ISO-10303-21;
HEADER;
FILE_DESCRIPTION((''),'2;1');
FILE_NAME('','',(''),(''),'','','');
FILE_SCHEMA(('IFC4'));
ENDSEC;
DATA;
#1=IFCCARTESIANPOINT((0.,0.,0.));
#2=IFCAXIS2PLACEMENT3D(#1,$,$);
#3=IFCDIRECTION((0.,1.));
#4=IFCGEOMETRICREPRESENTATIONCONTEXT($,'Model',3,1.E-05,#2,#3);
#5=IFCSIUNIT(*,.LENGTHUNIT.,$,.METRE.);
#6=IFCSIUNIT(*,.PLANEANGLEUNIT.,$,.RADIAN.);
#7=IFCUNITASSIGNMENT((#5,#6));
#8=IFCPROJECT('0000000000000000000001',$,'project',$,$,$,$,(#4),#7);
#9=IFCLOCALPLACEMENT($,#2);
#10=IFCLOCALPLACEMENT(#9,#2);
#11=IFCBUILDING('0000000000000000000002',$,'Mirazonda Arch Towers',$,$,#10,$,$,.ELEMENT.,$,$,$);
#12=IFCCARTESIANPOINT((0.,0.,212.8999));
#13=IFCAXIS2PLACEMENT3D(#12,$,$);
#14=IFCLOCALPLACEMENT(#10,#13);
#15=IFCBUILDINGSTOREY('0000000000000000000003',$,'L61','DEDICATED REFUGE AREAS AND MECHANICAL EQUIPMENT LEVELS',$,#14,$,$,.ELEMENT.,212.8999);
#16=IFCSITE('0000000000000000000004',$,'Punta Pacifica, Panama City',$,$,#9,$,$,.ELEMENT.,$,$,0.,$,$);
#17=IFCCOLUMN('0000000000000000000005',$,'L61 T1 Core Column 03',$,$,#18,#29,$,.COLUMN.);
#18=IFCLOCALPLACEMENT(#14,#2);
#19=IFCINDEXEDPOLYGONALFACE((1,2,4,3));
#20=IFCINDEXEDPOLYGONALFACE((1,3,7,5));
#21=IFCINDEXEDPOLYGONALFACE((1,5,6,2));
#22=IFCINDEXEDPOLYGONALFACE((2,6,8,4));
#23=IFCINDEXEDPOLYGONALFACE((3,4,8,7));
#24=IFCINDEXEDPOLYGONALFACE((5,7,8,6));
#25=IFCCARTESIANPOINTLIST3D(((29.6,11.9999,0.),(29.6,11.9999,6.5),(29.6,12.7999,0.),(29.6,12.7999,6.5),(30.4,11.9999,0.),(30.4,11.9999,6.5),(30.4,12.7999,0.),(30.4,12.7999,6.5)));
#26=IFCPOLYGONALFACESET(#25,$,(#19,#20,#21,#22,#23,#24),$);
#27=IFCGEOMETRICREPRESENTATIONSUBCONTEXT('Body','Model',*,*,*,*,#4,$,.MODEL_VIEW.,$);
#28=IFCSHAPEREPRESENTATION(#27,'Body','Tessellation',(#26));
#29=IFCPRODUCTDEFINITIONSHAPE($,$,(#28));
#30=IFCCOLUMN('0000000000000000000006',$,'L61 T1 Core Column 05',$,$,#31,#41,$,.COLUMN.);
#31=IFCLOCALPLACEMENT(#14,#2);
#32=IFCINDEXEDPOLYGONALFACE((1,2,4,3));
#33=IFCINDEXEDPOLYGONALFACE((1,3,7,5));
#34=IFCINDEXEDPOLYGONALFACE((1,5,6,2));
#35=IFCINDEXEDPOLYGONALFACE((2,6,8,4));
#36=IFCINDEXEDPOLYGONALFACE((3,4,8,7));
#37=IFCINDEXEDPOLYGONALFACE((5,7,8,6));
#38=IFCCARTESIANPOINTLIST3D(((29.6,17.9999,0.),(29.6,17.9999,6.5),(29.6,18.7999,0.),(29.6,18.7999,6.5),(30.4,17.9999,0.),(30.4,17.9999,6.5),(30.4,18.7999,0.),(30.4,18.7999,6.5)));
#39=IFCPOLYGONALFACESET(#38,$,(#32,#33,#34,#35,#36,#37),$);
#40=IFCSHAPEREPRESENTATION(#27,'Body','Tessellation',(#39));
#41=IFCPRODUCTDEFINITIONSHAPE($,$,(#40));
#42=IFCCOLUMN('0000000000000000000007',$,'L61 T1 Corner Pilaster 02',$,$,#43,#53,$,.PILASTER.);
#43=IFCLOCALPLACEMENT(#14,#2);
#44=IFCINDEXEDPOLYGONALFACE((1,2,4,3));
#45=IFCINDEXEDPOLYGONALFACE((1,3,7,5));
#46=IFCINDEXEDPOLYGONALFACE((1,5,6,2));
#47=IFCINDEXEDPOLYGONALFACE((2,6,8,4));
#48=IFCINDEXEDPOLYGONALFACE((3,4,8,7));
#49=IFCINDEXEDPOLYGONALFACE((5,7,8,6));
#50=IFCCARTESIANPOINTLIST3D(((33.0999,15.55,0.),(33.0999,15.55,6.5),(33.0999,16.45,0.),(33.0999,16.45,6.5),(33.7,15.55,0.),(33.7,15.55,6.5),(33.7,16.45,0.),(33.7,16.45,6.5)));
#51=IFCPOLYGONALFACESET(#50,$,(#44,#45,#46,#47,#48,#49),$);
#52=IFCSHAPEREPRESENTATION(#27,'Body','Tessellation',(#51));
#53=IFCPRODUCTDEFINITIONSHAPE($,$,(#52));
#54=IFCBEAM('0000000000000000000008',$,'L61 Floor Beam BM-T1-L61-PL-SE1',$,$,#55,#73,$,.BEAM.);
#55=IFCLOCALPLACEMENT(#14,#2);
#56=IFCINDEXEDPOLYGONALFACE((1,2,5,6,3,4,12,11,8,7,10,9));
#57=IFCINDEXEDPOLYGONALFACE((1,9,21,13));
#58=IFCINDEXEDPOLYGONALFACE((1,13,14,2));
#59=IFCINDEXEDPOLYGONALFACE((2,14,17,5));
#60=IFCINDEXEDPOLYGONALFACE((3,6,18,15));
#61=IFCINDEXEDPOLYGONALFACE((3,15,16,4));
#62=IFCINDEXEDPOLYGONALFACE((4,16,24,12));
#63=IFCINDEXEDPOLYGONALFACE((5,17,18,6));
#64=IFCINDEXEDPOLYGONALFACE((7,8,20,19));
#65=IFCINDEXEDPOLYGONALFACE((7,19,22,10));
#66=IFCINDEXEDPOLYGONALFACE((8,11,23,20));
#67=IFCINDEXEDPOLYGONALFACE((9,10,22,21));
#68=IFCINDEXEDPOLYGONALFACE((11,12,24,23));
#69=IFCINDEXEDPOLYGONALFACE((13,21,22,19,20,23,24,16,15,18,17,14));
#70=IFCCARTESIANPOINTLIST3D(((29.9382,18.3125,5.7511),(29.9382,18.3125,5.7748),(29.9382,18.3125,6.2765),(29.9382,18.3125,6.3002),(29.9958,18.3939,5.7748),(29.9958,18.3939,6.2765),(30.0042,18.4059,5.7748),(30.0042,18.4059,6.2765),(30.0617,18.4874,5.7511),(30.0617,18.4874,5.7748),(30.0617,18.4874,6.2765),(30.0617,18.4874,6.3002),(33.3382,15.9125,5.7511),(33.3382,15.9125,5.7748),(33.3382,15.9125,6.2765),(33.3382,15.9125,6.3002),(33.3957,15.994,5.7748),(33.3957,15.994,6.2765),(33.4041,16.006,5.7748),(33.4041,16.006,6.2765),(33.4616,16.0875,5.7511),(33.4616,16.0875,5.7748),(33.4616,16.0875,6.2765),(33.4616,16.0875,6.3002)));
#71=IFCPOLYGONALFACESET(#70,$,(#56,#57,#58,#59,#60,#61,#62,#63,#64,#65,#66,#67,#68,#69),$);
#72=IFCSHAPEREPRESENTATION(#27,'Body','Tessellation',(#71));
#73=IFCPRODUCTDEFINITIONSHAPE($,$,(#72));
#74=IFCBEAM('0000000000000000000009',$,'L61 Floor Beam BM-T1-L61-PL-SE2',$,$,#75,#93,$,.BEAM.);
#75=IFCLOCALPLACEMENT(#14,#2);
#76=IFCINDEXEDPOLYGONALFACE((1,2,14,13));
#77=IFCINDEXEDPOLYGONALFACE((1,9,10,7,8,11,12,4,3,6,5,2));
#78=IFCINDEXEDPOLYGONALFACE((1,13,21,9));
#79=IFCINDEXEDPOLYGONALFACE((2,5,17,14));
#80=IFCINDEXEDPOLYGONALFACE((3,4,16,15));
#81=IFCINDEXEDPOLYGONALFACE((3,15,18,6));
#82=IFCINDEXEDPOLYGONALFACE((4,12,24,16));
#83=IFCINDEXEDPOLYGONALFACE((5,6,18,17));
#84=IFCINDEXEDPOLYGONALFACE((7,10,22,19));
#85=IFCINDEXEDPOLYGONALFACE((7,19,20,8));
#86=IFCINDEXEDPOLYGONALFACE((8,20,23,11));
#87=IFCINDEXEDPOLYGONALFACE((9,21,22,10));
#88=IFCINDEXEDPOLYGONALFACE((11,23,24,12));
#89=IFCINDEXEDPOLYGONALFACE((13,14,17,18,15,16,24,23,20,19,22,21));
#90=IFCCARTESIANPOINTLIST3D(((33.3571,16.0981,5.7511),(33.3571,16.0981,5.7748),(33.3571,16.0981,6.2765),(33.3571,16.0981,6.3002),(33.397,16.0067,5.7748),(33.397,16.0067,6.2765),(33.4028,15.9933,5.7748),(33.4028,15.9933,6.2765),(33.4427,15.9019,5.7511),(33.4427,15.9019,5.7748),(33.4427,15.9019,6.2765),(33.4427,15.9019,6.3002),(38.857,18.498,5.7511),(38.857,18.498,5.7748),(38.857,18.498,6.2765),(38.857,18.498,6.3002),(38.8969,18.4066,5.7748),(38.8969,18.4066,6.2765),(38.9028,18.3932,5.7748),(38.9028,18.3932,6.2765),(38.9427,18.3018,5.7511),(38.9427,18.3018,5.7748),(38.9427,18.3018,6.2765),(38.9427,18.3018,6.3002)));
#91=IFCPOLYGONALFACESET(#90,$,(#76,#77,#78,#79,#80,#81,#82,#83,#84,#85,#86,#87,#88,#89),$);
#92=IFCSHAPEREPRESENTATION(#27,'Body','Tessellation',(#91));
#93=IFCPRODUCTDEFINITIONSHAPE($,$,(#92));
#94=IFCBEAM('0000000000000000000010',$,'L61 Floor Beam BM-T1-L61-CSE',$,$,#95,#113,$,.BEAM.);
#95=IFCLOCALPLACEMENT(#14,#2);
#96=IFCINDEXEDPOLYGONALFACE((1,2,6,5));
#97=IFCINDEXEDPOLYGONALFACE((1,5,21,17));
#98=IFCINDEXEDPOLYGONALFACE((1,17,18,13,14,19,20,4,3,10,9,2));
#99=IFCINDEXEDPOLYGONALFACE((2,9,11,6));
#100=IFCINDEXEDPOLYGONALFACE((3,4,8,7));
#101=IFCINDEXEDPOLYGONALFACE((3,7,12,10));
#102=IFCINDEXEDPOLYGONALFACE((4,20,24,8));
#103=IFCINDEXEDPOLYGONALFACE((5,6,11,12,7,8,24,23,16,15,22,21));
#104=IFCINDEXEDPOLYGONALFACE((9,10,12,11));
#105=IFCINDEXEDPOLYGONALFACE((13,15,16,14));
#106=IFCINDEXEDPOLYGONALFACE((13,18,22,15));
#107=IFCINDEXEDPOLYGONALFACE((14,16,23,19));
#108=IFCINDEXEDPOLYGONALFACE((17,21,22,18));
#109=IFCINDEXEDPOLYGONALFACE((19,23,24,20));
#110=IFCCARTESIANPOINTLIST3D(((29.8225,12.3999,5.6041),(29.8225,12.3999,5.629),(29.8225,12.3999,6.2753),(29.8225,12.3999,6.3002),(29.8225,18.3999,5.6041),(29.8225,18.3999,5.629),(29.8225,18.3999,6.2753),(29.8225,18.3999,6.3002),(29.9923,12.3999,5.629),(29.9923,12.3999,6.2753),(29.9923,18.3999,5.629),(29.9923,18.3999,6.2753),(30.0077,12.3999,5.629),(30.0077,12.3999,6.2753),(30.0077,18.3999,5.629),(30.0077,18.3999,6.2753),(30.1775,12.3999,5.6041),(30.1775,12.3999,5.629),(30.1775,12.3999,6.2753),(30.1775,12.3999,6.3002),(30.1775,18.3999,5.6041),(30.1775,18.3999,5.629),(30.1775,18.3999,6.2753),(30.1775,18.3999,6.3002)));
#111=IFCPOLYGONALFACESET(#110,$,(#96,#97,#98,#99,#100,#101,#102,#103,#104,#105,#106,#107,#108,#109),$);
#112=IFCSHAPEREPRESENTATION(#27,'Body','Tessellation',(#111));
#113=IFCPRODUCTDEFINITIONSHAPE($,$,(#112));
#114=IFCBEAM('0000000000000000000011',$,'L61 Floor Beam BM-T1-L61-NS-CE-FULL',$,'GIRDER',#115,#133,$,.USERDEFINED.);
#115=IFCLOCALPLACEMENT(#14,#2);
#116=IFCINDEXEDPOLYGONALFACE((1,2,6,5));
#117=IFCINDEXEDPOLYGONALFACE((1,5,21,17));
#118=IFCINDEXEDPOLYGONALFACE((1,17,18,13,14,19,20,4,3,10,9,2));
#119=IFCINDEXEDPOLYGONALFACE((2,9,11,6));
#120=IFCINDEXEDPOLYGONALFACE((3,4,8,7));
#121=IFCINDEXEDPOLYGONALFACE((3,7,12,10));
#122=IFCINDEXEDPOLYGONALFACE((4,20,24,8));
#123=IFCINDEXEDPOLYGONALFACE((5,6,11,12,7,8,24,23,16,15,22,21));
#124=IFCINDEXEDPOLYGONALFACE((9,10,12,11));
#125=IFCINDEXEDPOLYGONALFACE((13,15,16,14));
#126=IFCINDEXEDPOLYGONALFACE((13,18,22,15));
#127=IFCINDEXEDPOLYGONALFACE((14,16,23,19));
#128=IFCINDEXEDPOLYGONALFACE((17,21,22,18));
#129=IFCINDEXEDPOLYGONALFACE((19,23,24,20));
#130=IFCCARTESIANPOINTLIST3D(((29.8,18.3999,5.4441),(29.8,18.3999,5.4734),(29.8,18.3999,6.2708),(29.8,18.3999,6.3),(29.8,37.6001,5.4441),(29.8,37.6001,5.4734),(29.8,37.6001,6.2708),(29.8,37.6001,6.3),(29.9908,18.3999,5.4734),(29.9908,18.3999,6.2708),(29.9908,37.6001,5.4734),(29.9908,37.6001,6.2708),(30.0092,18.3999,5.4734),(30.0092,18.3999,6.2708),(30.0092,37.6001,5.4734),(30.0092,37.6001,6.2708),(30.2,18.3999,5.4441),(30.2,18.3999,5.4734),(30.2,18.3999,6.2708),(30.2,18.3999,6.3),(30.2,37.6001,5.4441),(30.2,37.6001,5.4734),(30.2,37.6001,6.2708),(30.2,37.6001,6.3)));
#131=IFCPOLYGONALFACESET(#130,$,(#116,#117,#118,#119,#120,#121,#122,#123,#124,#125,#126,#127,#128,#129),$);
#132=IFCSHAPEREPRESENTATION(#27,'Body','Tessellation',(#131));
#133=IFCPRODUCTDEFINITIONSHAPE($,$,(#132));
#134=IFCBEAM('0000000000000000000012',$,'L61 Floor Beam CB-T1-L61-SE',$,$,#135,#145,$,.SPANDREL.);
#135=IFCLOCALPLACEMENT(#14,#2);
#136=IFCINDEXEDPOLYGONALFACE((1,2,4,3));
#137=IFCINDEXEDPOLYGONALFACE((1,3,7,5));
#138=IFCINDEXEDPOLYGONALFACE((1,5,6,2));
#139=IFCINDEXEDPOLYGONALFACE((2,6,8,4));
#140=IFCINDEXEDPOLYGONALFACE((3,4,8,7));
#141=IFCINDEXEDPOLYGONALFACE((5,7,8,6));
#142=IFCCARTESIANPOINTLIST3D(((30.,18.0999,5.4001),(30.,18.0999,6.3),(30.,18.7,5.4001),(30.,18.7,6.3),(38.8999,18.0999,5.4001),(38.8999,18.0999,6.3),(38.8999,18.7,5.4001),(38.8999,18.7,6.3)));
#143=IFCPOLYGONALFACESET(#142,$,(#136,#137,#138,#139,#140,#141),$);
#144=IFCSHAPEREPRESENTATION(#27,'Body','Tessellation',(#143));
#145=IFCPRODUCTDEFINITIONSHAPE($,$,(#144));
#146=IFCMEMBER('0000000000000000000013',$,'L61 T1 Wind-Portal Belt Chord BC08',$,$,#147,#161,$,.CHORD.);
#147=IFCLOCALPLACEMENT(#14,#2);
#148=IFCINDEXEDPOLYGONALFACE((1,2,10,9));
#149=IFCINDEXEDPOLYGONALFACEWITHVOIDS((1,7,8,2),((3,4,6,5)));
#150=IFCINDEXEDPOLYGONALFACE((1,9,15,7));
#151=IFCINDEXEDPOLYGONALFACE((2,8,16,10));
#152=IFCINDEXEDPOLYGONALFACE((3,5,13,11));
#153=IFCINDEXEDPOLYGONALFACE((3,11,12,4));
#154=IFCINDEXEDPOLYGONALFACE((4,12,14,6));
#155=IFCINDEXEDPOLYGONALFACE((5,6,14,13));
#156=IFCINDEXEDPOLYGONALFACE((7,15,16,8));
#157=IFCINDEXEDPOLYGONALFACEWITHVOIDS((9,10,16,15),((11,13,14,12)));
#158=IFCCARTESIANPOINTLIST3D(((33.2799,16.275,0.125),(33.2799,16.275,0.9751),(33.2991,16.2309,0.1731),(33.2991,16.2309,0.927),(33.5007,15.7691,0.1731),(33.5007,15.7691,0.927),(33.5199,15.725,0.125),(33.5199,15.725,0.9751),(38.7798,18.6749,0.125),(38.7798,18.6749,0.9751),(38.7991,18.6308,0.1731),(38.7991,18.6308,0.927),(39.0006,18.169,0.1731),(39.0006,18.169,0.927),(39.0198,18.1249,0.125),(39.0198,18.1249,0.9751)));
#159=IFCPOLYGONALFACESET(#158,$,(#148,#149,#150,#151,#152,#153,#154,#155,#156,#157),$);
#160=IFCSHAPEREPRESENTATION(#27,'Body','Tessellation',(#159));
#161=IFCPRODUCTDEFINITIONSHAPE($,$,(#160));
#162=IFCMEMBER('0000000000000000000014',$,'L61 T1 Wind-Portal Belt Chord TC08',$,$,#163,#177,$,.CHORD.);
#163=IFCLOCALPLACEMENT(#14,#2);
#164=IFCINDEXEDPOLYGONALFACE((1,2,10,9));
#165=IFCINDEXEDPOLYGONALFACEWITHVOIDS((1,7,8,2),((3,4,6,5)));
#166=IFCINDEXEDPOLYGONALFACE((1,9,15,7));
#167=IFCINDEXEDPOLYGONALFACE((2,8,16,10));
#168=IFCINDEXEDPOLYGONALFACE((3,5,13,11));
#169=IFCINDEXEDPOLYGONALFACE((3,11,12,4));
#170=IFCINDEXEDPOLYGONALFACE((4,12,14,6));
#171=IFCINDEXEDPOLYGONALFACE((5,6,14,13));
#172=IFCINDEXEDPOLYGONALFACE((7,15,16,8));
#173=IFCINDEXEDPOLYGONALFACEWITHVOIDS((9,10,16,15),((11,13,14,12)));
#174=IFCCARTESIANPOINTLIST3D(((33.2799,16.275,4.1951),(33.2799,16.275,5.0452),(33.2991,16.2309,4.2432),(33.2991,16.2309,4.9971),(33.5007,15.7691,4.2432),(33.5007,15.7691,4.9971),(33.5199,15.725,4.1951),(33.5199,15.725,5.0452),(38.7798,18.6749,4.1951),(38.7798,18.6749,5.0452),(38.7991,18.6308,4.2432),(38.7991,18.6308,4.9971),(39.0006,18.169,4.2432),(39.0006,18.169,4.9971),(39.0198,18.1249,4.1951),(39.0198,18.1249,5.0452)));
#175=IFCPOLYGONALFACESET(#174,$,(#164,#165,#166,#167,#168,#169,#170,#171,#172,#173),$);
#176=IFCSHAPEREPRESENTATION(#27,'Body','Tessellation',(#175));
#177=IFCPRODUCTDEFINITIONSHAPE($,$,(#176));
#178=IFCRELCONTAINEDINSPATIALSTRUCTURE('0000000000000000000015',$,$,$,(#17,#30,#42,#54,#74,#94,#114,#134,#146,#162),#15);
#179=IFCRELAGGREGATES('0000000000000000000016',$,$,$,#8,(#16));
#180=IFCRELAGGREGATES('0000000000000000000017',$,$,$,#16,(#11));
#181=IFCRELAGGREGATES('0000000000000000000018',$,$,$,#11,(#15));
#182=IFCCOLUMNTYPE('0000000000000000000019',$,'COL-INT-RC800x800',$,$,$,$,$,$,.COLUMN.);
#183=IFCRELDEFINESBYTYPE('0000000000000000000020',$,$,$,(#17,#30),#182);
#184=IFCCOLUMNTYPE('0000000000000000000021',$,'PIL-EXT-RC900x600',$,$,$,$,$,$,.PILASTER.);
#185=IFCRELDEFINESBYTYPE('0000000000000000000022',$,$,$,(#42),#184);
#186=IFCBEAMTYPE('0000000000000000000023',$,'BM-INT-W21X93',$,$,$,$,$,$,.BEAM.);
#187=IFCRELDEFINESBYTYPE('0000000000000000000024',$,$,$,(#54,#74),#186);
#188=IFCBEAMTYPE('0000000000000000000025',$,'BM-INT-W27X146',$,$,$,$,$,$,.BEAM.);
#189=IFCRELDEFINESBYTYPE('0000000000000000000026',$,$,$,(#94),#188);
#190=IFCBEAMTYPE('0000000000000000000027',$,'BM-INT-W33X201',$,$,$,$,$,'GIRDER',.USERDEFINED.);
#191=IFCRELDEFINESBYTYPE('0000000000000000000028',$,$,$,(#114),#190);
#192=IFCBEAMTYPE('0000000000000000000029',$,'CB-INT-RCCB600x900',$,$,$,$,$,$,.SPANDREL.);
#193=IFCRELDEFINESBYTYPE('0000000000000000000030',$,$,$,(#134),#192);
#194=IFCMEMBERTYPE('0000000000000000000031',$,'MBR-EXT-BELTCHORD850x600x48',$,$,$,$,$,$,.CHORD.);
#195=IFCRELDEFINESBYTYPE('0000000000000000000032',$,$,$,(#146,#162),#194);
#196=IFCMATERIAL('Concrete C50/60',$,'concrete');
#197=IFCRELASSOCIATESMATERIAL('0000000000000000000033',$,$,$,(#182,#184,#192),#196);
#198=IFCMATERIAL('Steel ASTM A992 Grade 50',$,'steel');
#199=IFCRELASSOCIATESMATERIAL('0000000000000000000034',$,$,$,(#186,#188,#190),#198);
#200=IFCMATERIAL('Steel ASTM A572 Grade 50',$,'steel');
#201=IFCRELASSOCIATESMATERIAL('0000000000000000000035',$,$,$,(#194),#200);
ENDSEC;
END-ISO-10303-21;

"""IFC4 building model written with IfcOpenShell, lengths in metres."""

from ifc_helpers import new_model, si_unit, direction, frame, origin, origin_2d, place, context, subcontext, project, spatial, rectangle, hollow_rectangle, i_section, extrude, material, material_profile, profile_set, type_object, element, save


model = new_model("IFC4")

# Units and contexts
model_context = context("Model", 3, precision=1e-05, world=origin(), true_north=direction((0.0, 1.0)))
body_context = subcontext(model_context, "Body", "Model", "MODEL_VIEW")
ifc_project = project(units=[si_unit("LENGTHUNIT", "METRE"), si_unit("PLANEANGLEUNIT", "RADIAN")], contexts=[model_context])

# Site, building, storey
site_placement = place(None, origin())
site = spatial("IfcSite", under=ifc_project, at=site_placement, Name="Punta Pacifica, Panama City", CompositionType="ELEMENT", RefElevation=0.0)
building_placement = place(site_placement, origin())
building = spatial("IfcBuilding", under=site, at=building_placement, Name="Mirazonda Arch Towers", CompositionType="ELEMENT")
storey_placement = place(building_placement, frame((0.0, 0.0, 212.8999)))
storey = spatial("IfcBuildingStorey", under=building, at=storey_placement, Name="L61", Description="DEDICATED REFUGE AREAS AND MECHANICAL EQUIPMENT LEVELS", CompositionType="ELEMENT", Elevation=212.8999)

# Columns
ifc_material_1 = material(Name="Concrete C50/60", Category="concrete")
ifc_material_profile_1 = material_profile(ifc_material_1, rectangle(XDim=0.8, YDim=0.8, at=origin_2d()), Name="RC800x800")
ifc_profile_set_1 = profile_set([ifc_material_profile_1], Name="Concrete C50/60")
column_type_1 = type_object("IfcColumnType", Name="COL-INT-RC800x800", PredefinedType="COLUMN", material=ifc_profile_set_1)
for number, where, z_axis, x_axis, name in (
    (1, (30.0, 12.3999, 0.0), (0.0, 0.0, 1.0), (1.0, 0.0, 0.0), "L61 T1 Core Column 03"),
    (2, (30.0, 18.3999, 0.0), (0.0, 0.0, 1.0), (1.0, 0.0, 0.0), "L61 T1 Core Column 05"),
):
    element("IfcColumn", number, at=place(storey_placement, frame(where, z_axis=z_axis, x_axis=x_axis)), inside=storey, type_object=column_type_1, Name=name, PredefinedType="COLUMN", context=body_context, shape_type="SweptSolid", body=[
        extrude(rectangle(XDim=0.8, YDim=0.8, at=origin_2d()), origin(), (0.0, 0.0, 1.0), 6.5),
    ])
ifc_material_profile_2 = material_profile(ifc_material_1, rectangle(XDim=0.6001, YDim=0.8999, at=origin_2d()), Name="RC900x600")
ifc_profile_set_2 = profile_set([ifc_material_profile_2], Name="Concrete C50/60")
column_type_2 = type_object("IfcColumnType", Name="PIL-EXT-RC900x600", PredefinedType="PILASTER", material=ifc_profile_set_2)
column_placement = place(storey_placement, frame((33.3999, 16.0, 0.0), z_axis=(0.0, 0.0, 1.0), x_axis=(1.0, 0.0, 0.0)))
element("IfcColumn", 3, at=column_placement, inside=storey, type_object=column_type_2, Name="L61 T1 Corner Pilaster 02", PredefinedType="PILASTER", context=body_context, shape_type="SweptSolid", body=[
    extrude(rectangle(XDim=0.6001, YDim=0.8999, at=origin_2d()), origin(), (0.0, 0.0, 1.0), 6.5),
])

# Beams
ifc_material_2 = material(Name="Steel ASTM A992 Grade 50", Category="steel")
ifc_material_profile_3 = material_profile(ifc_material_2, i_section(OverallWidth=0.2141, OverallDepth=0.5491, WebThickness=0.0146, FlangeThickness=0.0237, at=origin_2d()), Name="W21X93")
ifc_profile_set_3 = profile_set([ifc_material_profile_3], Name="Steel ASTM A992 Grade 50")
beam_type_1 = type_object("IfcBeamType", Name="BM-INT-W21X93", PredefinedType="BEAM", material=ifc_profile_set_3)
beam_1_placement = place(storey_placement, frame((33.3999, 16.0, 6.0256), z_axis=(-0.816971, 0.576679, 0.0), x_axis=(-0.576679, -0.816971, 0.0)))
element("IfcBeam", 4, at=beam_1_placement, inside=storey, type_object=beam_type_1, Name="L61 Floor Beam BM-T1-L61-PL-SE1", PredefinedType="BEAM", context=body_context, shape_type="SweptSolid", body=[
    extrude(i_section(OverallWidth=0.2141, OverallDepth=0.5491, WebThickness=0.0146, FlangeThickness=0.0237, at=origin_2d()), origin(), (0.0, 0.0, 1.0), 4.1616),
])
beam_2_placement = place(storey_placement, frame((33.3999, 16.0, 6.0256), z_axis=(0.916545, 0.399931, 0.0), x_axis=(-0.399931, 0.916545, 0.0)))
element("IfcBeam", 5, at=beam_2_placement, inside=storey, type_object=beam_type_1, Name="L61 Floor Beam BM-T1-L61-PL-SE2", PredefinedType="BEAM", context=body_context, shape_type="SweptSolid", body=[
    extrude(i_section(OverallWidth=0.2141, OverallDepth=0.5491, WebThickness=0.0146, FlangeThickness=0.0237, at=origin_2d()), origin(), (0.0, 0.0, 1.0), 6.0007),
])
ifc_material_profile_4 = material_profile(ifc_material_2, i_section(OverallWidth=0.355, OverallDepth=0.696, WebThickness=0.0154, FlangeThickness=0.0249, at=origin_2d()), Name="W27X146")
ifc_profile_set_4 = profile_set([ifc_material_profile_4], Name="Steel ASTM A992 Grade 50")
beam_type_2 = type_object("IfcBeamType", Name="BM-INT-W27X146", PredefinedType="BEAM", material=ifc_profile_set_4)
beam_3_placement = place(storey_placement, frame((30.0, 12.3999, 5.9521), z_axis=(0.0, 1.0, 0.0), x_axis=(-1.0, 0.0, 0.0)))
element("IfcBeam", 6, at=beam_3_placement, inside=storey, type_object=beam_type_2, Name="L61 Floor Beam BM-T1-L61-CSE", PredefinedType="BEAM", context=body_context, shape_type="SweptSolid", body=[
    extrude(i_section(OverallWidth=0.355, OverallDepth=0.696, WebThickness=0.0154, FlangeThickness=0.0249, at=origin_2d()), origin(), (0.0, 0.0, 1.0), 6.0),
])
ifc_material_profile_5 = material_profile(ifc_material_2, i_section(OverallWidth=0.3999, OverallDepth=0.856, WebThickness=0.0183, FlangeThickness=0.0293, at=origin_2d()), Name="W33X201")
ifc_profile_set_5 = profile_set([ifc_material_profile_5], Name="Steel ASTM A992 Grade 50")
beam_type_3 = type_object("IfcBeamType", Name="BM-INT-W33X201", ElementType="GIRDER", PredefinedType="USERDEFINED", material=ifc_profile_set_5)
beam_4_placement = place(storey_placement, frame((30.0, 18.3999, 5.8721), z_axis=(0.0, 1.0, 0.0), x_axis=(-1.0, 0.0, 0.0)))
element("IfcBeam", 7, at=beam_4_placement, inside=storey, type_object=beam_type_3, Name="L61 Floor Beam BM-T1-L61-NS-CE-FULL", ObjectType="GIRDER", PredefinedType="USERDEFINED", context=body_context, shape_type="SweptSolid", body=[
    extrude(i_section(OverallWidth=0.3999, OverallDepth=0.856, WebThickness=0.0183, FlangeThickness=0.0293, at=origin_2d()), origin(), (0.0, 0.0, 1.0), 19.2002),
])
ifc_material_profile_6 = material_profile(ifc_material_1, rectangle(XDim=0.6001, YDim=0.8999, at=origin_2d()), Name="RCCB600x900")
ifc_profile_set_6 = profile_set([ifc_material_profile_6], Name="Concrete C50/60")
beam_type_4 = type_object("IfcBeamType", Name="CB-INT-RCCB600x900", PredefinedType="SPANDREL", material=ifc_profile_set_6)
beam_5_placement = place(storey_placement, frame((30.0, 18.3999, 5.8501), z_axis=(1.0, 0.0, 0.0), x_axis=(0.0, 1.0, 0.0)))
element("IfcBeam", 8, at=beam_5_placement, inside=storey, type_object=beam_type_4, Name="L61 Floor Beam CB-T1-L61-SE", PredefinedType="SPANDREL", context=body_context, shape_type="SweptSolid", body=[
    extrude(rectangle(XDim=0.6001, YDim=0.8999, at=origin_2d()), origin(), (0.0, 0.0, 1.0), 8.8999),
])

# Members
ifc_material_3 = material(Name="Steel ASTM A572 Grade 50", Category="steel")
ifc_material_profile_7 = material_profile(ifc_material_3, hollow_rectangle(XDim=0.6001, YDim=0.8501, WallThickness=0.0481, at=origin_2d()), Name="BELTCHORD850x600x48")
ifc_profile_set_7 = profile_set([ifc_material_profile_7], Name="Steel ASTM A572 Grade 50")
member_type_1 = type_object("IfcMemberType", Name="MBR-EXT-BELTCHORD850x600x48", PredefinedType="CHORD", material=ifc_profile_set_7)
for number, where, z_axis, x_axis, name in (
    (9, (33.3999, 16.0, 0.55), (0.916545, 0.399931, 0.0), (-0.399931, 0.916545, 0.0), "L61 T1 Wind-Portal Belt Chord BC08"),
    (10, (33.3999, 16.0, 4.6201), (0.916545, 0.399931, 0.0), (-0.399931, 0.916545, 0.0), "L61 T1 Wind-Portal Belt Chord TC08"),
):
    element("IfcMember", number, at=place(storey_placement, frame(where, z_axis=z_axis, x_axis=x_axis)), inside=storey, type_object=member_type_1, Name=name, PredefinedType="CHORD", context=body_context, shape_type="SweptSolid", body=[
        extrude(hollow_rectangle(XDim=0.6001, YDim=0.8501, WallThickness=0.0481, at=origin_2d()), origin(), (0.0, 0.0, 1.0), 6.0007),
    ])

save(model, "model.ifc")
